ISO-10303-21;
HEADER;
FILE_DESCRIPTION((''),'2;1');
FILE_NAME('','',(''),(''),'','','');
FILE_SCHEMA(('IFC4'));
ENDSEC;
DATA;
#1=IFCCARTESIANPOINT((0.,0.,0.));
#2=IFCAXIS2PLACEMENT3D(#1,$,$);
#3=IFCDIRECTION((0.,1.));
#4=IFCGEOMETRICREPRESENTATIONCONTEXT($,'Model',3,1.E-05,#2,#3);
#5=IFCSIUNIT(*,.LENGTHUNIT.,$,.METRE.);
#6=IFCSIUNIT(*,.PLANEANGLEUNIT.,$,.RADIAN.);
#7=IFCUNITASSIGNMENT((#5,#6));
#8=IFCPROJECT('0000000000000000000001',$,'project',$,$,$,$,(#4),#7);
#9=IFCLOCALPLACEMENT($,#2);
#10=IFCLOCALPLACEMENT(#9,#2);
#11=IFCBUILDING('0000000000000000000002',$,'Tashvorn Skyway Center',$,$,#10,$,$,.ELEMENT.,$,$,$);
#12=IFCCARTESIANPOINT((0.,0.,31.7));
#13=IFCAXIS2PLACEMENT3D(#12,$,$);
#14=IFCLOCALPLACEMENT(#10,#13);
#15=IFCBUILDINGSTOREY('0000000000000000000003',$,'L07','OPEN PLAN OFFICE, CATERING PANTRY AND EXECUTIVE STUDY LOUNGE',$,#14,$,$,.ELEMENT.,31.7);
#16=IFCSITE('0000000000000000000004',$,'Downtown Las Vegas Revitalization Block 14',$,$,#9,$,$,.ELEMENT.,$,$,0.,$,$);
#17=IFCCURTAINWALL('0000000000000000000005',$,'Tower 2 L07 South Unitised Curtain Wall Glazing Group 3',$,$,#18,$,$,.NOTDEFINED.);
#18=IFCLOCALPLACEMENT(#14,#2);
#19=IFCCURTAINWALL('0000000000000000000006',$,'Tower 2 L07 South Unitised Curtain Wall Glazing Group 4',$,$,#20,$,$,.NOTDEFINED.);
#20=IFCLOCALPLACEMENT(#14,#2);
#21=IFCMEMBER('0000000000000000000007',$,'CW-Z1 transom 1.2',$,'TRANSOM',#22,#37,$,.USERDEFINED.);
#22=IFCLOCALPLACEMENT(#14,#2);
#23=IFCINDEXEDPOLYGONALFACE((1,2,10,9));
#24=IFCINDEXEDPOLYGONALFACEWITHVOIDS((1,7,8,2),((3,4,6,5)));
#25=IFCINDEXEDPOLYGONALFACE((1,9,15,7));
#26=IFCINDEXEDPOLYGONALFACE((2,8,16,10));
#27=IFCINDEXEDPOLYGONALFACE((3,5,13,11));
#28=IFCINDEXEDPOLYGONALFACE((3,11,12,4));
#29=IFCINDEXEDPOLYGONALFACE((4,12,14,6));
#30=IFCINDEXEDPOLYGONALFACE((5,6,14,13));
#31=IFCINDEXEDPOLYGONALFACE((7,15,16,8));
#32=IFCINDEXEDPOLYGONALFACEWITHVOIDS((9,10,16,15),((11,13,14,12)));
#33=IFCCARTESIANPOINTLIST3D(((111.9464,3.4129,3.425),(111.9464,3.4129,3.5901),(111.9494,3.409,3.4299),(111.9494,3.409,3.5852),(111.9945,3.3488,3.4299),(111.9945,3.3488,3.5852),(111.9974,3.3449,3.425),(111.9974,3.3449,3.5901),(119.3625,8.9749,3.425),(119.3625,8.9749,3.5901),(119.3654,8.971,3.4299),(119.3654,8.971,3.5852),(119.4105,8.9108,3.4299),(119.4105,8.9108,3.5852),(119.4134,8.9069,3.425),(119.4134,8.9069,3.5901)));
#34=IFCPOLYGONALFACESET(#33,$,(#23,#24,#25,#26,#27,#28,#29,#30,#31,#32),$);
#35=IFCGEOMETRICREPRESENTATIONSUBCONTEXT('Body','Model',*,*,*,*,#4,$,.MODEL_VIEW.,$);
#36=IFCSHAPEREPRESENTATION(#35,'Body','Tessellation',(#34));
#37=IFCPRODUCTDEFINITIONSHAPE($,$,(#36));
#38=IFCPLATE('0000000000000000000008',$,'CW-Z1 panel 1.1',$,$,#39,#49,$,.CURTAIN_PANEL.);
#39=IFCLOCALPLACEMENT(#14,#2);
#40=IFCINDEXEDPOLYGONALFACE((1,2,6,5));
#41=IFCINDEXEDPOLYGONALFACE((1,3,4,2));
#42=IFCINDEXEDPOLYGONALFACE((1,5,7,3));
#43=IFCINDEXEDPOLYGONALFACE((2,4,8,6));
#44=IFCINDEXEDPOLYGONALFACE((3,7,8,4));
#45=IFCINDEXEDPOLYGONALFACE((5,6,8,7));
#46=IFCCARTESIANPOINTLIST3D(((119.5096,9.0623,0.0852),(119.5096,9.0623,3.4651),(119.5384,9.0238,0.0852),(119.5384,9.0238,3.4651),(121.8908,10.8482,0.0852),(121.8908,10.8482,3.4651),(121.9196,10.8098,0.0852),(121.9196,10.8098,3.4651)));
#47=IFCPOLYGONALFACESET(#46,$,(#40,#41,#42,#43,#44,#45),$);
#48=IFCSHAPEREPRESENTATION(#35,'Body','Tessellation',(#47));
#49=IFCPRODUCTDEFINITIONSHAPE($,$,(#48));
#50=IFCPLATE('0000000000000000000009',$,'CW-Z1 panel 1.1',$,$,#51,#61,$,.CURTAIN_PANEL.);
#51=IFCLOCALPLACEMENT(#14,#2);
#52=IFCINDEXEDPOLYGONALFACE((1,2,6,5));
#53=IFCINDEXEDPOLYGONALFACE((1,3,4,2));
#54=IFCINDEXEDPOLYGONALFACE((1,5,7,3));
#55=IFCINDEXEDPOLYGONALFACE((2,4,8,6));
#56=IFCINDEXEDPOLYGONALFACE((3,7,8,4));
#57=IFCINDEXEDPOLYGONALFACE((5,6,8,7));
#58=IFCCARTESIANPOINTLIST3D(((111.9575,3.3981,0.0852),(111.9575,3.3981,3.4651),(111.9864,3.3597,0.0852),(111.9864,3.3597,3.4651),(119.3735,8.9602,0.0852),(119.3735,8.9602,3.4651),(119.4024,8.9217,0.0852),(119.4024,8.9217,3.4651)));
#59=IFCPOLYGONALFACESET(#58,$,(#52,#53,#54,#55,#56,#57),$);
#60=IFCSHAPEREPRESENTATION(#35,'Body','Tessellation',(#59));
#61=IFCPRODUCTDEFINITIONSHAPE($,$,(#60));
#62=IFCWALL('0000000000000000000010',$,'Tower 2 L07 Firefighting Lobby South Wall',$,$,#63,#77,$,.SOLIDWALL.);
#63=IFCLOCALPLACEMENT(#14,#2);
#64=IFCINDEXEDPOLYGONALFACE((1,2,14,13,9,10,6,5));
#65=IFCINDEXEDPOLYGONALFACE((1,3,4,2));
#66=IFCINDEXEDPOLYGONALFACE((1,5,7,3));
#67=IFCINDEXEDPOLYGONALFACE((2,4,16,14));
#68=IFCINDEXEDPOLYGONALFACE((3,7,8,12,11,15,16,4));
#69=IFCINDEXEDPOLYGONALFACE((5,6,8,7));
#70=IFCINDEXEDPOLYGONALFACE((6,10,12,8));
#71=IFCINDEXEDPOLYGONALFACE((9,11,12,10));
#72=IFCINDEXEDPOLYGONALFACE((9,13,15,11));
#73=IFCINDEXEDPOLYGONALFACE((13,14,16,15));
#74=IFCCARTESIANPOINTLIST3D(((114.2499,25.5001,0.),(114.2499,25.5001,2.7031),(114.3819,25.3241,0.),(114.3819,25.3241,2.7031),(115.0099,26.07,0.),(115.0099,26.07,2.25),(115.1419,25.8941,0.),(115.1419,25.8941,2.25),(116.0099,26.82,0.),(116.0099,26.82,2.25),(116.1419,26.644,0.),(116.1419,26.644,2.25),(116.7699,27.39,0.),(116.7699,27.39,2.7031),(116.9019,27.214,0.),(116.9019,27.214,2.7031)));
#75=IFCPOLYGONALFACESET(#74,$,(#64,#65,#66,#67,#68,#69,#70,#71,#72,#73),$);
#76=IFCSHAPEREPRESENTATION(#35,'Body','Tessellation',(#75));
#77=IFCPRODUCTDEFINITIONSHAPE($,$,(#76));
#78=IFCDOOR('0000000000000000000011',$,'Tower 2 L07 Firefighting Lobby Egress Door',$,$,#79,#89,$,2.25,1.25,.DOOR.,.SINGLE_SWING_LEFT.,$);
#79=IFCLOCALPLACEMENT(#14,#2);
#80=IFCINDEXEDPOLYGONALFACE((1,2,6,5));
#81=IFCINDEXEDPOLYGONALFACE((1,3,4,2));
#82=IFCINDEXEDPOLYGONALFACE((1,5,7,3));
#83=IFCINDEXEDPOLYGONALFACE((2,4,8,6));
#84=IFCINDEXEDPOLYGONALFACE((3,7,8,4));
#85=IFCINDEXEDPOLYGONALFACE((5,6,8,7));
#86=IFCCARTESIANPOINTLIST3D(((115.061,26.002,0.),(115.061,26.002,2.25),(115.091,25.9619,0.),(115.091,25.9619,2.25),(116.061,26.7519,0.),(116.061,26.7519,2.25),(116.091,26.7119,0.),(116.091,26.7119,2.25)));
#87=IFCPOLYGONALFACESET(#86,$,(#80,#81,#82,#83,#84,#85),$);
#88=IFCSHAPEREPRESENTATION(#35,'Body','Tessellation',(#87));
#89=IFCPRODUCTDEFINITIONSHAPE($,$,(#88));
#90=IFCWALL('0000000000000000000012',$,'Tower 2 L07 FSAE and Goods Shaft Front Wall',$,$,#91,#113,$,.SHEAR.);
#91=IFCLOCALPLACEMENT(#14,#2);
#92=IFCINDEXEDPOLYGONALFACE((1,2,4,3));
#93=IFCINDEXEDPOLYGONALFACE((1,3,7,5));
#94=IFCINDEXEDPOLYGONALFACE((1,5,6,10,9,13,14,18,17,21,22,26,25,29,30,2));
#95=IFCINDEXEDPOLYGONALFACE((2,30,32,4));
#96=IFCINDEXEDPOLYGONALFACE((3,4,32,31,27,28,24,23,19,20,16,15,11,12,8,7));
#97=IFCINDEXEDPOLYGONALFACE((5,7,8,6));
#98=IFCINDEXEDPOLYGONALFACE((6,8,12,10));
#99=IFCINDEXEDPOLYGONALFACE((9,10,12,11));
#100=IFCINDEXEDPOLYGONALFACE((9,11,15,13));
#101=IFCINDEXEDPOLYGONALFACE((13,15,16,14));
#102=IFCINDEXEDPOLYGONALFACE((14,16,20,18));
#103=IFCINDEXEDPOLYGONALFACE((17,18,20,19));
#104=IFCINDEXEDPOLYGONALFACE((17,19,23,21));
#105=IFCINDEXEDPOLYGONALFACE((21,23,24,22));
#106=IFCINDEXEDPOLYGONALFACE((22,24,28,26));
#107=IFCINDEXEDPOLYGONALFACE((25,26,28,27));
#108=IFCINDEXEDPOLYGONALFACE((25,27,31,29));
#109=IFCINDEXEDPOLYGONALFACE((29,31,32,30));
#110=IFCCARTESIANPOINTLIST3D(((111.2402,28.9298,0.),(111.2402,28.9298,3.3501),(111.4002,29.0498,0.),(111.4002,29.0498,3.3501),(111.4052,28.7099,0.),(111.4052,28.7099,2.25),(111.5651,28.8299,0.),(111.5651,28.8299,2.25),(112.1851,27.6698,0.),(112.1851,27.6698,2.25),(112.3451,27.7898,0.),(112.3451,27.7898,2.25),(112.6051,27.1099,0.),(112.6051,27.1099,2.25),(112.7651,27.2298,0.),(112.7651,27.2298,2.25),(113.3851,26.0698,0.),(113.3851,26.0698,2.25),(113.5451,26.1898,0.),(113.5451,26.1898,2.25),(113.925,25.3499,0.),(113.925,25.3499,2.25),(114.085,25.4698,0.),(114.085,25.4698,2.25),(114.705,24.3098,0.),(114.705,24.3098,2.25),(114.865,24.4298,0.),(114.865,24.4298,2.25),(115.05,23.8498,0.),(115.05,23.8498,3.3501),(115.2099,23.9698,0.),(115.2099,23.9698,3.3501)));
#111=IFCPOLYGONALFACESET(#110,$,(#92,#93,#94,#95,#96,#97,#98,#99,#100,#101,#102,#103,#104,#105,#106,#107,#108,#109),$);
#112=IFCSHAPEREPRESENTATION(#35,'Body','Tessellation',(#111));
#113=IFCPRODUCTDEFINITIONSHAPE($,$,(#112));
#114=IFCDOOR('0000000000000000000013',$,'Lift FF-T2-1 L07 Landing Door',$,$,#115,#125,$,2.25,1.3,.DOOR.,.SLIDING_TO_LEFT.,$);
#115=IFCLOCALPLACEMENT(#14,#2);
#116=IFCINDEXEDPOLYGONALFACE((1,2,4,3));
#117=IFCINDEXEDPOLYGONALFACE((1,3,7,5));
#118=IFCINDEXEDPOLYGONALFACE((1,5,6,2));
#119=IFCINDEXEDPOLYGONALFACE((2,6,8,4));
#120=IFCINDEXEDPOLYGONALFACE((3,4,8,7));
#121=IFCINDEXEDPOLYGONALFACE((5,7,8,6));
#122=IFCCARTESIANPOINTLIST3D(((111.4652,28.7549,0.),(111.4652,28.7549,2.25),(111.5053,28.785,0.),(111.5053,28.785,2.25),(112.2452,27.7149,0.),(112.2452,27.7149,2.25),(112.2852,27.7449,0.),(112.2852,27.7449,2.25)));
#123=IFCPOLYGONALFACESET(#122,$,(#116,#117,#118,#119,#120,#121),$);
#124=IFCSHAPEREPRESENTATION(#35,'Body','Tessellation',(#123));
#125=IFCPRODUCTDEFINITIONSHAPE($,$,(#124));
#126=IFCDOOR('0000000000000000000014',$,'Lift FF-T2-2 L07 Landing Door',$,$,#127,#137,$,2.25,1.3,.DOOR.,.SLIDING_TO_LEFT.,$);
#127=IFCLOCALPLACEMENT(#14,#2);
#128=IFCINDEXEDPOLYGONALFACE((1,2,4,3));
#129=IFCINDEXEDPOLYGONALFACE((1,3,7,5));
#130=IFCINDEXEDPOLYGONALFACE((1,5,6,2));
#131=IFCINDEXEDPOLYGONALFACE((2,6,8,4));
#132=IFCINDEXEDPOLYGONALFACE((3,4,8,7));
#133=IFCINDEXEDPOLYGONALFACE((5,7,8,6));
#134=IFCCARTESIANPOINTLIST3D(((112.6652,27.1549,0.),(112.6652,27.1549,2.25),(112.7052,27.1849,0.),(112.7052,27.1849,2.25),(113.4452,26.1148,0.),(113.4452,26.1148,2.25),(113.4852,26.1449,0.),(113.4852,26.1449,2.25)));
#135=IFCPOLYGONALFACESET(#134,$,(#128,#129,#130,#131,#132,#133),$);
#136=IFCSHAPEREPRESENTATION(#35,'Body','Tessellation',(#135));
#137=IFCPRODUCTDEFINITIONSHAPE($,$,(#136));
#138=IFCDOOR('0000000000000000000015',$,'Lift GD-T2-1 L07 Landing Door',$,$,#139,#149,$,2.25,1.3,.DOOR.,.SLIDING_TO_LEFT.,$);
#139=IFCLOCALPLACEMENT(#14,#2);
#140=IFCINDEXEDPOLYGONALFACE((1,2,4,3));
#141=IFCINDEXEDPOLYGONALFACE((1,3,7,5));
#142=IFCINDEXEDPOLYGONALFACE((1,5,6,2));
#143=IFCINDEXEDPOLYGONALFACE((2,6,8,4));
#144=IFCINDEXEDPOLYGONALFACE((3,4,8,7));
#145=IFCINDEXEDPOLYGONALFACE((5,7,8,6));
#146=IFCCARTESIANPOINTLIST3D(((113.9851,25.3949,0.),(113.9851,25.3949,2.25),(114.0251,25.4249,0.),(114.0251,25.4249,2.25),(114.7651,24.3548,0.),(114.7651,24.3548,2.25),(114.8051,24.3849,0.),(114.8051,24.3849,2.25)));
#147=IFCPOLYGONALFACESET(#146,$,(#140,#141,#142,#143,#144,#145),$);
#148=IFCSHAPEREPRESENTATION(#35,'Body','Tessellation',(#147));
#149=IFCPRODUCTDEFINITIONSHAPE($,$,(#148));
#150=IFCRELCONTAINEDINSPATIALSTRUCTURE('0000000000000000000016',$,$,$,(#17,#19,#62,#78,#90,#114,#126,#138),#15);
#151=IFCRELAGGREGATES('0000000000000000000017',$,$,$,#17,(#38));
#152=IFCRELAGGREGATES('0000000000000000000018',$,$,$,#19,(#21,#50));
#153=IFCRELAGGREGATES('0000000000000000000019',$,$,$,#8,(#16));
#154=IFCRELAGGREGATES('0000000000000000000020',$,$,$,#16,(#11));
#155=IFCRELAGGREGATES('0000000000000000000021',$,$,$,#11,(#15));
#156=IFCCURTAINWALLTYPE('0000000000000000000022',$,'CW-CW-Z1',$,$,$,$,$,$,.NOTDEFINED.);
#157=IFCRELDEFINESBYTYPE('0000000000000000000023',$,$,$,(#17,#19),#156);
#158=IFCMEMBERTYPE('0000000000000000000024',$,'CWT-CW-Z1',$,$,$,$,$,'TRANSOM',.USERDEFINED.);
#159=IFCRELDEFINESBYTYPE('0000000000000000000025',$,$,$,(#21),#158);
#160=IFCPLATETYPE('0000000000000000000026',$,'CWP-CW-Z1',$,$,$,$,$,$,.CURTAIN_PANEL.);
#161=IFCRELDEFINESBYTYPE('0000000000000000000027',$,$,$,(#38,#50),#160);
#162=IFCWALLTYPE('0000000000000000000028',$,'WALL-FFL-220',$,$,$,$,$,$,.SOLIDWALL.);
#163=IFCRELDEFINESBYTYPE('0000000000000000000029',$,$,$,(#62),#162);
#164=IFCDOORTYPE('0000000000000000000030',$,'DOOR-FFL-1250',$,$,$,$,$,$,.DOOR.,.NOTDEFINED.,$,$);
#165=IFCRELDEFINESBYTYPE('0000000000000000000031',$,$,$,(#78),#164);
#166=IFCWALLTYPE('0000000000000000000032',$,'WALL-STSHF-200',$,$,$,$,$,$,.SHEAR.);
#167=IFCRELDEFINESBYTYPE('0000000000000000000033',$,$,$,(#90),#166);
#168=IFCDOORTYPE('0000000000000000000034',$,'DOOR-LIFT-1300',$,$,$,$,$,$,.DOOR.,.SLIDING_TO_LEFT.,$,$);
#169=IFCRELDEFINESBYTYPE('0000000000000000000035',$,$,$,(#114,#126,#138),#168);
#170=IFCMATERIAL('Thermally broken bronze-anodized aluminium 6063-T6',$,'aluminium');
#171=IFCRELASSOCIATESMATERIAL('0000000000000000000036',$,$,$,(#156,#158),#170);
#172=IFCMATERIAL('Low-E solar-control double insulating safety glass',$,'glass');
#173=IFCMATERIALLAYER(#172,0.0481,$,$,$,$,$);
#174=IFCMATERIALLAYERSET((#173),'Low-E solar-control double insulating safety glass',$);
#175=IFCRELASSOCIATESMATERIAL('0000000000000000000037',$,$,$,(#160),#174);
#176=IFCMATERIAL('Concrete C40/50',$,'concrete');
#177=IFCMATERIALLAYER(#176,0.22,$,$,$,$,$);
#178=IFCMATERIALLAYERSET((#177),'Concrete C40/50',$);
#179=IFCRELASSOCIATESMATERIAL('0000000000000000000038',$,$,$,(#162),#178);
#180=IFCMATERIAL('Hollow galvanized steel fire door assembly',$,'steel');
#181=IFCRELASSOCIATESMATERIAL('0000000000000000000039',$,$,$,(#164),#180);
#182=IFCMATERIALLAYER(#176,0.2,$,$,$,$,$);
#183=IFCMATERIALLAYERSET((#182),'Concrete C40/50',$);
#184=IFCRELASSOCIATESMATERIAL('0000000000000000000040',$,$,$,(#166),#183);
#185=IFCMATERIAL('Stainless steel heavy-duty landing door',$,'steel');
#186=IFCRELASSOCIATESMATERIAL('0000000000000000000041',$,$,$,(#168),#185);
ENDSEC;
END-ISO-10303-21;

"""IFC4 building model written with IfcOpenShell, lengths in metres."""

from ifc_helpers import new_model, si_unit, direction, frame, frame_2d, origin, origin_2d, place, context, subcontext, project, spatial, rectangle, hollow_rectangle, extrude, material, layer, layer_set, material_profile, profile_set, type_object, element, fill, aggregate, save


model = new_model("IFC4")

# Units and contexts
model_context = context("Model", 3, precision=1e-05, world=origin(), true_north=direction((0.0, 1.0)))
body_context = subcontext(model_context, "Body", "Model", "MODEL_VIEW")
ifc_project = project(units=[si_unit("LENGTHUNIT", "METRE"), si_unit("PLANEANGLEUNIT", "RADIAN")], contexts=[model_context])

# Site, building, storey
site_placement = place(None, origin())
site = spatial("IfcSite", under=ifc_project, at=site_placement, Name="Downtown Las Vegas Revitalization Block 14", CompositionType="ELEMENT", RefElevation=0.0)
building_placement = place(site_placement, origin())
building = spatial("IfcBuilding", under=site, at=building_placement, Name="Tashvorn Skyway Center", CompositionType="ELEMENT")
storey_placement = place(building_placement, frame((0.0, 0.0, 31.7)))
storey = spatial("IfcBuildingStorey", under=building, at=storey_placement, Name="L07", Description="OPEN PLAN OFFICE, CATERING PANTRY AND EXECUTIVE STUDY LOUNGE", CompositionType="ELEMENT", Elevation=31.7)

# Curtain wall
ifc_material_1 = material(Name="Thermally broken bronze-anodized aluminium 6063-T6", Category="aluminium")
curtain_wall_type = type_object("IfcCurtainWallType", Name="CW-CW-Z1", PredefinedType="NOTDEFINED", material=ifc_material_1)
curtain_wall_1_placement = place(storey_placement, origin())
curtain_wall_1 = element("IfcCurtainWall", 1, at=curtain_wall_1_placement, inside=storey, type_object=curtain_wall_type, Name="Tower 2 L07 South Unitised Curtain Wall Glazing Group 3", PredefinedType="NOTDEFINED")

# Curtain wall
curtain_wall_2_placement = place(storey_placement, origin())
curtain_wall_2 = element("IfcCurtainWall", 2, at=curtain_wall_2_placement, inside=storey, type_object=curtain_wall_type, Name="Tower 2 L07 South Unitised Curtain Wall Glazing Group 4", PredefinedType="NOTDEFINED")

# Member
ifc_material_profile_1 = material_profile(ifc_material_1, hollow_rectangle(XDim=0.085, YDim=0.165, WallThickness=0.0049, at=origin_2d()), Name="ALU-TRAN-85x165")
ifc_profile_set_1 = profile_set([ifc_material_profile_1], Name="Thermally broken bronze-anodized aluminium 6063-T6")
member_type_1 = type_object("IfcMemberType", Name="CWT-CW-Z1", ElementType="TRANSOM", PredefinedType="USERDEFINED", material=ifc_profile_set_1)
member_1_placement = place(storey_placement, frame((119.3879, 8.9409, 3.5076), z_axis=(-0.8, -0.6, 0.0), x_axis=(0.6, -0.8, 0.0)))
member_1 = element("IfcMember", 3, at=member_1_placement, type_object=member_type_1, Name="CW-Z1 transom 1.2", ObjectType="TRANSOM", PredefinedType="USERDEFINED", context=body_context, shape_type="SweptSolid", body=[
    extrude(hollow_rectangle(XDim=0.085, YDim=0.165, WallThickness=0.0049, at=origin_2d()), origin(), (0.0, 0.0, 1.0), 9.27),
])

# Plates
ifc_material_2 = material(Name="Low-E solar-control double insulating safety glass", Category="glass")
ifc_layer_1 = layer(ifc_material_2, 0.0481)
ifc_layer_set_1 = layer_set([ifc_layer_1], Name="Low-E solar-control double insulating safety glass")
plate_type = type_object("IfcPlateType", Name="CWP-CW-Z1", PredefinedType="CURTAIN_PANEL", material=ifc_layer_set_1)
plate_1_placement = place(storey_placement, frame((120.7146, 9.936, 0.0852), z_axis=(0.0, 0.0, 1.0), x_axis=(-0.799996, -0.600005, 0.0)))
plate_1 = element("IfcPlate", 4, at=plate_1_placement, type_object=plate_type, Name="CW-Z1 panel 1.1", PredefinedType="CURTAIN_PANEL", context=body_context, shape_type="SweptSolid", body=[
    extrude(rectangle(XDim=2.9766, YDim=0.0481, at=origin_2d()), origin(), (0.0, 0.0, 1.0), 3.3799),
])
aggregate(curtain_wall_1, [plate_1])
plate_2_placement = place(storey_placement, frame((115.6799, 6.1599, 0.0852), z_axis=(0.0, 0.0, 1.0), x_axis=(-0.8, -0.6, 0.0)))
plate_2 = element("IfcPlate", 5, at=plate_2_placement, type_object=plate_type, Name="CW-Z1 panel 1.1", PredefinedType="CURTAIN_PANEL", context=body_context, shape_type="SweptSolid", body=[
    extrude(rectangle(XDim=9.27, YDim=0.0481, at=origin_2d()), origin(), (0.0, 0.0, 1.0), 3.3799),
])
aggregate(curtain_wall_2, [member_1, plate_2])

# Wall, opening, door
ifc_material_3 = material(Name="Concrete C40/50", Category="concrete")
ifc_layer_2 = layer(ifc_material_3, 0.22)
ifc_layer_set_2 = layer_set([ifc_layer_2], Name="Concrete C40/50")
wall_type_1 = type_object("IfcWallType", Name="WALL-FFL-220", PredefinedType="SOLIDWALL", material=ifc_layer_set_2)
wall_1_placement = place(storey_placement, frame((114.3159, 25.4121, 0.0), z_axis=(0.0, 0.0, 1.0), x_axis=(0.800019, 0.599975, 0.0)))
wall_1 = element("IfcWall", 6, at=wall_1_placement, inside=storey, type_object=wall_type_1, Name="Tower 2 L07 Firefighting Lobby South Wall", PredefinedType="SOLIDWALL", context=body_context, shape_type="SweptSolid", body=[
    extrude(rectangle(XDim=3.1499, YDim=0.22, at=frame_2d((1.575, 0.0))), origin(), (0.0, 0.0, 1.0), 2.7031),
])
opening_1_placement = place(wall_1_placement, frame((0.95, 0.0, 0.0)))
opening_1 = element("IfcOpeningElement", 7, at=opening_1_placement, cuts=wall_1, PredefinedType="OPENING", context=body_context, shape_type="SweptSolid", body=[
    extrude(rectangle(XDim=1.25, YDim=2.25, at=frame_2d((0.625, 1.125))), frame((0.0, 0.1199, 0.0), z_axis=(0.0, -1.0, 0.0), x_axis=(1.0, 0.0, 0.0)), (0.0, 0.0, 1.0), 0.24),
])
ifc_material_4 = material(Name="Hollow galvanized steel fire door assembly", Category="steel")
door_type_1 = type_object("IfcDoorType", Name="DOOR-FFL-1250", OperationType="NOTDEFINED", PredefinedType="DOOR", material=ifc_material_4)
door_1_placement = place(opening_1_placement, origin())
door_1 = element("IfcDoor", 8, at=door_1_placement, inside=storey, type_object=door_type_1, Name="Tower 2 L07 Firefighting Lobby Egress Door", OperationType="SINGLE_SWING_LEFT", OverallHeight=2.25, OverallWidth=1.25, PredefinedType="DOOR", context=body_context, shape_type="SweptSolid", body=[
    extrude(rectangle(XDim=1.25, YDim=2.25, at=frame_2d((0.625, 1.125))), frame((0.0, 0.0249, 0.0), z_axis=(0.0, -1.0, 0.0), x_axis=(1.0, 0.0, 0.0)), (0.0, 0.0, 1.0), 0.05),
])
fill(opening_1, door_1)

# Wall, openings, doors
ifc_layer_3 = layer(ifc_material_3, 0.2)
ifc_layer_set_3 = layer_set([ifc_layer_3], Name="Concrete C40/50")
wall_type_2 = type_object("IfcWallType", Name="WALL-STSHF-200", PredefinedType="SHEAR", material=ifc_layer_set_3)
wall_2_placement = place(storey_placement, frame((115.1299, 23.9099, 0.0), z_axis=(0.0, 0.0, 1.0), x_axis=(-0.599975, 0.800018, 0.0)))
wall_2 = element("IfcWall", 9, at=wall_2_placement, inside=storey, type_object=wall_type_2, Name="Tower 2 L07 FSAE and Goods Shaft Front Wall", PredefinedType="SHEAR", context=body_context, shape_type="SweptSolid", body=[
    extrude(rectangle(XDim=6.3499, YDim=0.2, at=frame_2d((3.1748, 0.0))), origin(), (0.0, 0.0, 1.0), 3.3501),
])
opening_2_placement = place(wall_2_placement, frame((4.7749, 0.0, 0.0)))
opening_2 = element("IfcOpeningElement", 10, at=opening_2_placement, cuts=wall_2, PredefinedType="OPENING", context=body_context, shape_type="SweptSolid", body=[
    extrude(rectangle(XDim=1.3, YDim=2.25, at=frame_2d((0.6499, 1.125))), frame((0.0, 0.1099, 0.0), z_axis=(0.0, -1.0, 0.0), x_axis=(1.0, 0.0, 0.0)), (0.0, 0.0, 1.0), 0.22),
])
opening_3_placement = place(wall_2_placement, frame((2.7749, 0.0, 0.0)))
opening_3 = element("IfcOpeningElement", 11, at=opening_3_placement, cuts=wall_2, PredefinedType="OPENING", context=body_context, shape_type="SweptSolid", body=[
    extrude(rectangle(XDim=1.3, YDim=2.25, at=frame_2d((0.6499, 1.125))), frame((0.0, 0.1099, 0.0), z_axis=(0.0, -1.0, 0.0), x_axis=(1.0, 0.0, 0.0)), (0.0, 0.0, 1.0), 0.22),
])
opening_4_placement = place(wall_2_placement, frame((0.575, 0.0, 0.0)))
opening_4 = element("IfcOpeningElement", 12, at=opening_4_placement, cuts=wall_2, PredefinedType="OPENING", context=body_context, shape_type="SweptSolid", body=[
    extrude(rectangle(XDim=1.3, YDim=2.25, at=frame_2d((0.6499, 1.125))), frame((0.0, 0.1099, 0.0), z_axis=(0.0, -1.0, 0.0), x_axis=(1.0, 0.0, 0.0)), (0.0, 0.0, 1.0), 0.22),
])
ifc_material_5 = material(Name="Stainless steel heavy-duty landing door", Category="steel")
door_type_2 = type_object("IfcDoorType", Name="DOOR-LIFT-1300", OperationType="SLIDING_TO_LEFT", PredefinedType="DOOR", material=ifc_material_5)
door_2_placement = place(opening_2_placement, origin())
door_2 = element("IfcDoor", 13, at=door_2_placement, inside=storey, type_object=door_type_2, Name="Lift FF-T2-1 L07 Landing Door", OperationType="SLIDING_TO_LEFT", OverallHeight=2.25, OverallWidth=1.3, PredefinedType="DOOR", context=body_context, shape_type="SweptSolid", body=[
    extrude(rectangle(XDim=1.3, YDim=2.25, at=frame_2d((0.6499, 1.125))), frame((0.0, 0.0249, 0.0), z_axis=(0.0, -1.0, 0.0), x_axis=(1.0, 0.0, 0.0)), (0.0, 0.0, 1.0), 0.05),
])
fill(opening_2, door_2)
door_3_placement = place(opening_3_placement, origin())
door_3 = element("IfcDoor", 14, at=door_3_placement, inside=storey, type_object=door_type_2, Name="Lift FF-T2-2 L07 Landing Door", OperationType="SLIDING_TO_LEFT", OverallHeight=2.25, OverallWidth=1.3, PredefinedType="DOOR", context=body_context, shape_type="SweptSolid", body=[
    extrude(rectangle(XDim=1.3, YDim=2.25, at=frame_2d((0.6499, 1.125))), frame((0.0, 0.0249, 0.0), z_axis=(0.0, -1.0, 0.0), x_axis=(1.0, 0.0, 0.0)), (0.0, 0.0, 1.0), 0.05),
])
fill(opening_3, door_3)
door_4_placement = place(opening_4_placement, origin())
door_4 = element("IfcDoor", 15, at=door_4_placement, inside=storey, type_object=door_type_2, Name="Lift GD-T2-1 L07 Landing Door", OperationType="SLIDING_TO_LEFT", OverallHeight=2.25, OverallWidth=1.3, PredefinedType="DOOR", context=body_context, shape_type="SweptSolid", body=[
    extrude(rectangle(XDim=1.3, YDim=2.25, at=frame_2d((0.6499, 1.125))), frame((0.0, 0.0249, 0.0), z_axis=(0.0, -1.0, 0.0), x_axis=(1.0, 0.0, 0.0)), (0.0, 0.0, 1.0), 0.05),
])
fill(opening_4, door_4)

save(model, "model.ifc")
